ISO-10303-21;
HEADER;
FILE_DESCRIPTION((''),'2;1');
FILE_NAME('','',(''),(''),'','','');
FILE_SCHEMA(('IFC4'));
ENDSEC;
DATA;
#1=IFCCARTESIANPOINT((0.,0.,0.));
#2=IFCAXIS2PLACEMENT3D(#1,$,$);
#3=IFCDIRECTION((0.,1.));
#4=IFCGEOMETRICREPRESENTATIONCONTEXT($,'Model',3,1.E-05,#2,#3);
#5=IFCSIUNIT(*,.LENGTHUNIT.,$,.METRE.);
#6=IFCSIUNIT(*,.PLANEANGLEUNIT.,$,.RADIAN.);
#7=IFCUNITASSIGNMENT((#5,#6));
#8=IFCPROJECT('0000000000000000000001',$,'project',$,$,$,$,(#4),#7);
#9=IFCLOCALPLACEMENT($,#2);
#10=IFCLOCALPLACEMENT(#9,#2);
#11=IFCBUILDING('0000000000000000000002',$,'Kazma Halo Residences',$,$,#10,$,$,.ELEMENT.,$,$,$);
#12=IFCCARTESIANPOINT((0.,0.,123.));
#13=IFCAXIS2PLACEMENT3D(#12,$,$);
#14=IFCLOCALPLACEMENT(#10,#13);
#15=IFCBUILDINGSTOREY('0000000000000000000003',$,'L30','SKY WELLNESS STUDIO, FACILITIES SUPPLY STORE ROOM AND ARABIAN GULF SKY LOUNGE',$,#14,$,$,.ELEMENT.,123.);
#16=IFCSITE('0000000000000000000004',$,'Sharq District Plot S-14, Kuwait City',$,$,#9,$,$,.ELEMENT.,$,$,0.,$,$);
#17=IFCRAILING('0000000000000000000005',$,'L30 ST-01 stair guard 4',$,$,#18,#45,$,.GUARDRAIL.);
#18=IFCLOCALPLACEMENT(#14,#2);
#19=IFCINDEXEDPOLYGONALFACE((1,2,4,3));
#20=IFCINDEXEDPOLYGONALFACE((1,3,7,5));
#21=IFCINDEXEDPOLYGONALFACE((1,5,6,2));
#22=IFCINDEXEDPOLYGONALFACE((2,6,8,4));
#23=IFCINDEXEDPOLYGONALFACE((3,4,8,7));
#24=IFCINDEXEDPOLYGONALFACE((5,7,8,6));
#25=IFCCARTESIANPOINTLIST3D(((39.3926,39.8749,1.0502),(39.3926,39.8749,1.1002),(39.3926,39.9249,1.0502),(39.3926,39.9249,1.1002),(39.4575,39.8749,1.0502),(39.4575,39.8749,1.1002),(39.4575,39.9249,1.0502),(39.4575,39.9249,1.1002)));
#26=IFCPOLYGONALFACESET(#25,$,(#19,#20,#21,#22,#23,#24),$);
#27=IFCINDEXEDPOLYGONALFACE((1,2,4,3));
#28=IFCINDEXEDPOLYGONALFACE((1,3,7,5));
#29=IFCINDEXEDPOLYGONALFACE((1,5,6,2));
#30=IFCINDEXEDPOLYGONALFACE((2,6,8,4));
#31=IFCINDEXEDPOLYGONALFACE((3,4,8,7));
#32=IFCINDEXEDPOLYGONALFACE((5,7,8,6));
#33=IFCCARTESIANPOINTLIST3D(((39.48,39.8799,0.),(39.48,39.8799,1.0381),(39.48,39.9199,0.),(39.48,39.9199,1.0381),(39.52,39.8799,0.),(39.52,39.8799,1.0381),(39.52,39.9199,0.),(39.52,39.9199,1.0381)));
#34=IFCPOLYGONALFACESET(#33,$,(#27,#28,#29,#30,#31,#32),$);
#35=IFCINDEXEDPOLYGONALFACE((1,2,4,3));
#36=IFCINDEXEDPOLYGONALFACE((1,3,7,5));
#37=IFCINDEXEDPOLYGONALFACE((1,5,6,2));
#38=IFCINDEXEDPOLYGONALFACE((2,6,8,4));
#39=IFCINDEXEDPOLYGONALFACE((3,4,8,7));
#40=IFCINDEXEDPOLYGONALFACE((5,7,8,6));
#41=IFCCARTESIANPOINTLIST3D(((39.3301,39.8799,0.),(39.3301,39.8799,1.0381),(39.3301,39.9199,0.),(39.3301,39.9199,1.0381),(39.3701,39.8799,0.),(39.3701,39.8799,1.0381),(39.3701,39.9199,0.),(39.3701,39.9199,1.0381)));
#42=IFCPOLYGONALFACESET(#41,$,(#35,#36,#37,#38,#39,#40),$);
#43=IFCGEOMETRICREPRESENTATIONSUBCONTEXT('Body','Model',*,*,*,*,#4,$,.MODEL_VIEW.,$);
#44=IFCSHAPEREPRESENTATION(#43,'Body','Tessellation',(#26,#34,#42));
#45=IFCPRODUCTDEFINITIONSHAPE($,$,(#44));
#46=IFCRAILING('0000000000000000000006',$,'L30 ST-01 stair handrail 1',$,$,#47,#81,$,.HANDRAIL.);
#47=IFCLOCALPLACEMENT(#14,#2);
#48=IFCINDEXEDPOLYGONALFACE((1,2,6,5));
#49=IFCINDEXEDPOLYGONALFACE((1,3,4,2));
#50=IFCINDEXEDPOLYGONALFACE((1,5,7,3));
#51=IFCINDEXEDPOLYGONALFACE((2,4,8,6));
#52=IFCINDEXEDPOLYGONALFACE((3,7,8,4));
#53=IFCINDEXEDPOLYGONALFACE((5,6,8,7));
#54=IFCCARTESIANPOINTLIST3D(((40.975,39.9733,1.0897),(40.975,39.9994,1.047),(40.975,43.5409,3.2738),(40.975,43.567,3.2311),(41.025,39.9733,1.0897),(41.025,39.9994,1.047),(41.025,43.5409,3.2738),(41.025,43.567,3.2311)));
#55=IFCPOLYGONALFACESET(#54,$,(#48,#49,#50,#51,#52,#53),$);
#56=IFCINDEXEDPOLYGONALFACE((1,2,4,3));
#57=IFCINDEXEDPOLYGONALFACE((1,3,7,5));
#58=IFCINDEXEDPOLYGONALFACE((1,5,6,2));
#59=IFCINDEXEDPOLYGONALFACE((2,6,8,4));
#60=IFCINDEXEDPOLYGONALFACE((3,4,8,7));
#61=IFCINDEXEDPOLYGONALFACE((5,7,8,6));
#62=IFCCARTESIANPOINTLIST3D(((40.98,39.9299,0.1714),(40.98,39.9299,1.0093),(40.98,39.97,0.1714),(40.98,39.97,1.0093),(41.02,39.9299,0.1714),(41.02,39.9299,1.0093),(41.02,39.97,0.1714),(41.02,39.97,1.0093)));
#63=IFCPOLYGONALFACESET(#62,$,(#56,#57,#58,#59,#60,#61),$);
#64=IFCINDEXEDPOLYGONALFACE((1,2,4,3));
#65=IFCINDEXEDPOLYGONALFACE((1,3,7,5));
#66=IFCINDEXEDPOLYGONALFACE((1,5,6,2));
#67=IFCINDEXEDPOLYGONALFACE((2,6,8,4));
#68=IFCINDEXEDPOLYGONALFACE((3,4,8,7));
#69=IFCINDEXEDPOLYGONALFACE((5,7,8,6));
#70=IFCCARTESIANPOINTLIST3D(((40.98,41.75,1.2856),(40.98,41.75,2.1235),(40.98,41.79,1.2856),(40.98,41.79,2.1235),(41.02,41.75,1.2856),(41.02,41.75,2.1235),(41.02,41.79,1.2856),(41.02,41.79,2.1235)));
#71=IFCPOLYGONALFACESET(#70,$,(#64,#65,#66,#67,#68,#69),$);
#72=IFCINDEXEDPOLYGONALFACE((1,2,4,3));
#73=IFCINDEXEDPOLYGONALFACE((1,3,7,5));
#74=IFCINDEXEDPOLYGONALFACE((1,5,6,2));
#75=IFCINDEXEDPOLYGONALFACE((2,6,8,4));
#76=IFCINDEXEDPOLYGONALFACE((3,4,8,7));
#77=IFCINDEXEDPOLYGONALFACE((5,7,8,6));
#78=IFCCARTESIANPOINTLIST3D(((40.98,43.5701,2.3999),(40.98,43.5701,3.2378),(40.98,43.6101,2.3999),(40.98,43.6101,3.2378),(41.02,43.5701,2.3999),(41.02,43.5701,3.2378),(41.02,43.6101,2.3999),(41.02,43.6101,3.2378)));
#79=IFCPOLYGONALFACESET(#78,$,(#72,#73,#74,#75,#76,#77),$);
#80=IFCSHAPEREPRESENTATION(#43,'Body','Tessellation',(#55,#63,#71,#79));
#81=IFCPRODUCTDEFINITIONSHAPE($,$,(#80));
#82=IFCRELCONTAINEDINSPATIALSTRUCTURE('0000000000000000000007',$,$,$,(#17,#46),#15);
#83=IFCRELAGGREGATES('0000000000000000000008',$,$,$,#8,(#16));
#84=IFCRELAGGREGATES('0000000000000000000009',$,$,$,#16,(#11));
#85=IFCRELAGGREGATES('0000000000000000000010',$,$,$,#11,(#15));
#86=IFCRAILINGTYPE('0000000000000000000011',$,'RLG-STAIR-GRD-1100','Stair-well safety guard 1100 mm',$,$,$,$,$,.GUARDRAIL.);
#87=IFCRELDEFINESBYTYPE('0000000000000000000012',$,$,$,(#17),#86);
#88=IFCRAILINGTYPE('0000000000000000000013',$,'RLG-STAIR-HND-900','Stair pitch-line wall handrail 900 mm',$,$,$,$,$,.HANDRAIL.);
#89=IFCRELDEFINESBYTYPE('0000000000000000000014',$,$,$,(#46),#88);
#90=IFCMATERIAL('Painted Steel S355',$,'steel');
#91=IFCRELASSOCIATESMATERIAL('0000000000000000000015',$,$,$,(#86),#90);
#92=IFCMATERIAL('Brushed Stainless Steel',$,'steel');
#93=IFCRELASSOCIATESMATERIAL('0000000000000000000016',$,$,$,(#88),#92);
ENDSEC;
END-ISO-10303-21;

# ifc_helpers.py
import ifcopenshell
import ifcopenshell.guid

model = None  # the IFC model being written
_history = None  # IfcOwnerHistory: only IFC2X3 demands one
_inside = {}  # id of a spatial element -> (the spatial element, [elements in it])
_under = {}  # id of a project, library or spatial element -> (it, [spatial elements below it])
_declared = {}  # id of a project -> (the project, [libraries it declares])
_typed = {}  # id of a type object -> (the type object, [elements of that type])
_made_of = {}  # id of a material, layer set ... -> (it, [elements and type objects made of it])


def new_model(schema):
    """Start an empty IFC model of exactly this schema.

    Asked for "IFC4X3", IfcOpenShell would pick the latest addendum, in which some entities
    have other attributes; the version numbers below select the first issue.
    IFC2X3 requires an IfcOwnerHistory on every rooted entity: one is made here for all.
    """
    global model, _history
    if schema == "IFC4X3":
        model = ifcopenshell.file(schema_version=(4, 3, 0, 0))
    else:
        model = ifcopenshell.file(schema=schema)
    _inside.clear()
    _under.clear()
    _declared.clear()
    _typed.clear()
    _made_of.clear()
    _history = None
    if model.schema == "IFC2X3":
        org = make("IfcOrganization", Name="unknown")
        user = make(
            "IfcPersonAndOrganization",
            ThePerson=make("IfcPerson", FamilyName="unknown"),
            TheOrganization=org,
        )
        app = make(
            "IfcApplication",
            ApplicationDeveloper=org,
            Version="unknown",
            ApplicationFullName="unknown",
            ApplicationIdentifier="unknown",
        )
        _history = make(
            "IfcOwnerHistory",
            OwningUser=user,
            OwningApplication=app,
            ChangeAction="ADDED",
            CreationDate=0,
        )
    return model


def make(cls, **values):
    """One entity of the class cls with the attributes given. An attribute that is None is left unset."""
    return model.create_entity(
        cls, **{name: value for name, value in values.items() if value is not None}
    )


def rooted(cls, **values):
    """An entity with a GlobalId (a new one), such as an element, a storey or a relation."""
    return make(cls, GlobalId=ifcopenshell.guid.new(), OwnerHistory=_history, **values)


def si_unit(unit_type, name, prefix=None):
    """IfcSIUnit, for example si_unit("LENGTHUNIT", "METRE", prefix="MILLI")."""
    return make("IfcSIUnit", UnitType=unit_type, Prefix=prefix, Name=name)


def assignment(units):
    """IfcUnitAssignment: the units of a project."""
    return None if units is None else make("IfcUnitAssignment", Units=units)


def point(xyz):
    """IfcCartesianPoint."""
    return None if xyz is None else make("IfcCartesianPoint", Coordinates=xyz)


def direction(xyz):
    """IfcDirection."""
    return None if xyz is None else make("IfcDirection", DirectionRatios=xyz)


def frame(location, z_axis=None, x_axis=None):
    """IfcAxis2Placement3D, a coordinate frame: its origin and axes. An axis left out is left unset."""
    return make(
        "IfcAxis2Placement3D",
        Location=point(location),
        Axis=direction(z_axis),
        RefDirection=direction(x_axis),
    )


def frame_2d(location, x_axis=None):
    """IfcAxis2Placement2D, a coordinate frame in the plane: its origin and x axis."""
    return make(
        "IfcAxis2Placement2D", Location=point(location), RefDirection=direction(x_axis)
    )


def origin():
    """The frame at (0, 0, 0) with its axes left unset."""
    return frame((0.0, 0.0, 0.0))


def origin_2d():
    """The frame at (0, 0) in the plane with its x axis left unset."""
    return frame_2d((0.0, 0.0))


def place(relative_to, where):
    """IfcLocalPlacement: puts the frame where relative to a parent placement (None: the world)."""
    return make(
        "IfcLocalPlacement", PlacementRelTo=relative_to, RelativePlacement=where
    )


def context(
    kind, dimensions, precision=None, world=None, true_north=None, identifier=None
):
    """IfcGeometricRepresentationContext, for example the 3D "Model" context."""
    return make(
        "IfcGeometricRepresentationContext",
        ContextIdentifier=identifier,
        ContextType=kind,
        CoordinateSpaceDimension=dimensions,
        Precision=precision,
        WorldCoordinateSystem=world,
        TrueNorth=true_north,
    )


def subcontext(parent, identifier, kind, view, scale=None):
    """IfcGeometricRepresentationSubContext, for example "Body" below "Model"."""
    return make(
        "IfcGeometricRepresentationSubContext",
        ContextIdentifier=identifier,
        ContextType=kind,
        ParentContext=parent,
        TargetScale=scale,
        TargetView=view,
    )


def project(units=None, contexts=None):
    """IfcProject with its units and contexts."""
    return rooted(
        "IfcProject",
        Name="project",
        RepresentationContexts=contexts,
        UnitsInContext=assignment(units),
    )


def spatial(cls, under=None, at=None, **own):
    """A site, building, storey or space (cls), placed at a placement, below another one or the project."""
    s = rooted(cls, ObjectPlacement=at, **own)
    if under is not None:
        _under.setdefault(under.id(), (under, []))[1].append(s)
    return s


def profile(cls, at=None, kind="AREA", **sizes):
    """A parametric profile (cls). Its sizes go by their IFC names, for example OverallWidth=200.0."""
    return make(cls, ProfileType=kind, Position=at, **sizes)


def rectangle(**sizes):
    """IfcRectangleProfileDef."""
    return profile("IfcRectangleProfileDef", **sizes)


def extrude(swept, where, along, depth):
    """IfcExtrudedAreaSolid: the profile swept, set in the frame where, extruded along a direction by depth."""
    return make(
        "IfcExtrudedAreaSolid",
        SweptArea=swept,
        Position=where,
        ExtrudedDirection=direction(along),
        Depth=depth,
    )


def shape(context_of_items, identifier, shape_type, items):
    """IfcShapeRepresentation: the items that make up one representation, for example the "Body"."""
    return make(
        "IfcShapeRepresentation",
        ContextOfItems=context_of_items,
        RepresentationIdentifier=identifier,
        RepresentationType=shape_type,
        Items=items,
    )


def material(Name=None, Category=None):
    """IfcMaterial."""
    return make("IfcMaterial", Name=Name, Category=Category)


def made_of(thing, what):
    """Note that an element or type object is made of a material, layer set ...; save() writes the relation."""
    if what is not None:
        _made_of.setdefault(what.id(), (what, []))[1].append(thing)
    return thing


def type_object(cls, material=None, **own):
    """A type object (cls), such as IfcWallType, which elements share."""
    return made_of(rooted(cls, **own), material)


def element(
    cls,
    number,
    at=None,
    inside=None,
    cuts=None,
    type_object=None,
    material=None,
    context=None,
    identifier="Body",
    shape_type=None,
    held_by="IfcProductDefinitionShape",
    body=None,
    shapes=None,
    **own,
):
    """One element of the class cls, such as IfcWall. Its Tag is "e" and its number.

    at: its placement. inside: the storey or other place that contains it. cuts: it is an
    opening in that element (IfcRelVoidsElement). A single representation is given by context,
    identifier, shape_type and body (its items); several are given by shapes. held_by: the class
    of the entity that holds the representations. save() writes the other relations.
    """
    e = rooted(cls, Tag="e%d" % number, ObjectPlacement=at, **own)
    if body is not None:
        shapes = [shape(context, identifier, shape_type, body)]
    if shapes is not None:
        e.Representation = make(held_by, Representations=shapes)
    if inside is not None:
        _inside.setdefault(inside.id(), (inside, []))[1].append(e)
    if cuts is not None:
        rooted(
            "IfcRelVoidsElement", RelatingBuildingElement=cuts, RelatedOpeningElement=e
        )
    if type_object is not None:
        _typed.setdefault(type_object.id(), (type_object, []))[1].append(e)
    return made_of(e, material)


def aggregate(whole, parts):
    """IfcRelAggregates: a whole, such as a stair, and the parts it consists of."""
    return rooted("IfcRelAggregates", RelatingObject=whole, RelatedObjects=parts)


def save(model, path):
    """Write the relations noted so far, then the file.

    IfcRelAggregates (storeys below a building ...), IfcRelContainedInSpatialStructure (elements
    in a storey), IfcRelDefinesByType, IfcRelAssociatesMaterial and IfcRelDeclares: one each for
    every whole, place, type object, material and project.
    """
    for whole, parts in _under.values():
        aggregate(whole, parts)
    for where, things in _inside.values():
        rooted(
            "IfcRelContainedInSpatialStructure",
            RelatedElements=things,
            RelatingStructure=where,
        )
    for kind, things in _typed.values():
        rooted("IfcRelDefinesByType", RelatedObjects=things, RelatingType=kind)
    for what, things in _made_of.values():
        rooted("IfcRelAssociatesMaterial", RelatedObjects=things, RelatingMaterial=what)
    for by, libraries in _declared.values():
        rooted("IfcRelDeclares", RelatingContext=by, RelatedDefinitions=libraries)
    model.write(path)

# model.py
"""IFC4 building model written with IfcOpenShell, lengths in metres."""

from ifc_helpers import new_model, si_unit, direction, frame, origin, origin_2d, place, context, subcontext, project, spatial, rectangle, extrude, material, type_object, element, save


model = new_model("IFC4")

# Units and contexts
model_context = context("Model", 3, precision=1e-05, world=origin(), true_north=direction((0.0, 1.0)))
body_context = subcontext(model_context, "Body", "Model", "MODEL_VIEW")
ifc_project = project(units=[si_unit("LENGTHUNIT", "METRE"), si_unit("PLANEANGLEUNIT", "RADIAN")], contexts=[model_context])

# Site, building, storey
site_placement = place(None, origin())
site = spatial("IfcSite", under=ifc_project, at=site_placement, Name="Sharq District Plot S-14, Kuwait City", CompositionType="ELEMENT", RefElevation=0.0)
building_placement = place(site_placement, origin())
building = spatial("IfcBuilding", under=site, at=building_placement, Name="Kazma Halo Residences", CompositionType="ELEMENT")
storey_placement = place(building_placement, frame((0.0, 0.0, 123.0)))
storey = spatial("IfcBuildingStorey", under=building, at=storey_placement, Name="L30", Description="SKY WELLNESS STUDIO, FACILITIES SUPPLY STORE ROOM AND ARABIAN GULF SKY LOUNGE", CompositionType="ELEMENT", Elevation=123.0)

# Railings
ifc_material_1 = material(Name="Painted Steel S355", Category="steel")
railing_type_1 = type_object("IfcRailingType", Name="RLG-STAIR-GRD-1100", Description="Stair-well safety guard 1100 mm", PredefinedType="GUARDRAIL", material=ifc_material_1)
railing_1_placement = place(storey_placement, frame((39.5, 39.8999, 0.0)))
element("IfcRailing", 1, at=railing_1_placement, inside=storey, type_object=railing_type_1, Name="L30 ST-01 stair guard 4", PredefinedType="GUARDRAIL", context=body_context, shape_type="SweptSolid", body=[
    extrude(rectangle(XDim=0.05, YDim=0.05, at=origin_2d()), frame((-0.0425, 0.0, 1.0752), z_axis=(-1.0, 0.0, 0.0), x_axis=(0.0, -1.0, 0.0)), (0.0, 0.0, 1.0), 0.0649),
    extrude(rectangle(XDim=0.04, YDim=0.04, at=origin_2d()), origin(), (0.0, 0.0, 1.0), 1.0381),
    extrude(rectangle(XDim=0.04, YDim=0.04, at=origin_2d()), frame((-0.1499, 0.0, 0.0)), (0.0, 0.0, 1.0), 1.0381),
])
ifc_material_2 = material(Name="Brushed Stainless Steel", Category="steel")
railing_type_2 = type_object("IfcRailingType", Name="RLG-STAIR-HND-900", Description="Stair pitch-line wall handrail 900 mm", PredefinedType="HANDRAIL", material=ifc_material_2)
railing_2_placement = place(storey_placement, frame((41.0, 39.95, 0.1714)))
element("IfcRailing", 2, at=railing_2_placement, inside=storey, type_object=railing_type_2, Name="L30 ST-01 stair handrail 1", PredefinedType="HANDRAIL", context=body_context, shape_type="SweptSolid", body=[
    extrude(rectangle(XDim=0.05, YDim=0.05, at=origin_2d()), frame((0.0, 0.0364, 0.897), z_axis=(0.0, 0.852866, 0.52213), x_axis=(-1.0, 0.0, 0.0)), (0.0, 0.0, 1.0), 4.1831),
    extrude(rectangle(XDim=0.04, YDim=0.04, at=origin_2d()), origin(), (0.0, 0.0, 1.0), 0.8379),
    extrude(rectangle(XDim=0.04, YDim=0.04, at=origin_2d()), frame((0.0, 1.8201, 1.1143)), (0.0, 0.0, 1.0), 0.8379),
    extrude(rectangle(XDim=0.04, YDim=0.04, at=origin_2d()), frame((0.0, 3.6401, 2.2285)), (0.0, 0.0, 1.0), 0.8379),
])

save(model, "model.ifc")
